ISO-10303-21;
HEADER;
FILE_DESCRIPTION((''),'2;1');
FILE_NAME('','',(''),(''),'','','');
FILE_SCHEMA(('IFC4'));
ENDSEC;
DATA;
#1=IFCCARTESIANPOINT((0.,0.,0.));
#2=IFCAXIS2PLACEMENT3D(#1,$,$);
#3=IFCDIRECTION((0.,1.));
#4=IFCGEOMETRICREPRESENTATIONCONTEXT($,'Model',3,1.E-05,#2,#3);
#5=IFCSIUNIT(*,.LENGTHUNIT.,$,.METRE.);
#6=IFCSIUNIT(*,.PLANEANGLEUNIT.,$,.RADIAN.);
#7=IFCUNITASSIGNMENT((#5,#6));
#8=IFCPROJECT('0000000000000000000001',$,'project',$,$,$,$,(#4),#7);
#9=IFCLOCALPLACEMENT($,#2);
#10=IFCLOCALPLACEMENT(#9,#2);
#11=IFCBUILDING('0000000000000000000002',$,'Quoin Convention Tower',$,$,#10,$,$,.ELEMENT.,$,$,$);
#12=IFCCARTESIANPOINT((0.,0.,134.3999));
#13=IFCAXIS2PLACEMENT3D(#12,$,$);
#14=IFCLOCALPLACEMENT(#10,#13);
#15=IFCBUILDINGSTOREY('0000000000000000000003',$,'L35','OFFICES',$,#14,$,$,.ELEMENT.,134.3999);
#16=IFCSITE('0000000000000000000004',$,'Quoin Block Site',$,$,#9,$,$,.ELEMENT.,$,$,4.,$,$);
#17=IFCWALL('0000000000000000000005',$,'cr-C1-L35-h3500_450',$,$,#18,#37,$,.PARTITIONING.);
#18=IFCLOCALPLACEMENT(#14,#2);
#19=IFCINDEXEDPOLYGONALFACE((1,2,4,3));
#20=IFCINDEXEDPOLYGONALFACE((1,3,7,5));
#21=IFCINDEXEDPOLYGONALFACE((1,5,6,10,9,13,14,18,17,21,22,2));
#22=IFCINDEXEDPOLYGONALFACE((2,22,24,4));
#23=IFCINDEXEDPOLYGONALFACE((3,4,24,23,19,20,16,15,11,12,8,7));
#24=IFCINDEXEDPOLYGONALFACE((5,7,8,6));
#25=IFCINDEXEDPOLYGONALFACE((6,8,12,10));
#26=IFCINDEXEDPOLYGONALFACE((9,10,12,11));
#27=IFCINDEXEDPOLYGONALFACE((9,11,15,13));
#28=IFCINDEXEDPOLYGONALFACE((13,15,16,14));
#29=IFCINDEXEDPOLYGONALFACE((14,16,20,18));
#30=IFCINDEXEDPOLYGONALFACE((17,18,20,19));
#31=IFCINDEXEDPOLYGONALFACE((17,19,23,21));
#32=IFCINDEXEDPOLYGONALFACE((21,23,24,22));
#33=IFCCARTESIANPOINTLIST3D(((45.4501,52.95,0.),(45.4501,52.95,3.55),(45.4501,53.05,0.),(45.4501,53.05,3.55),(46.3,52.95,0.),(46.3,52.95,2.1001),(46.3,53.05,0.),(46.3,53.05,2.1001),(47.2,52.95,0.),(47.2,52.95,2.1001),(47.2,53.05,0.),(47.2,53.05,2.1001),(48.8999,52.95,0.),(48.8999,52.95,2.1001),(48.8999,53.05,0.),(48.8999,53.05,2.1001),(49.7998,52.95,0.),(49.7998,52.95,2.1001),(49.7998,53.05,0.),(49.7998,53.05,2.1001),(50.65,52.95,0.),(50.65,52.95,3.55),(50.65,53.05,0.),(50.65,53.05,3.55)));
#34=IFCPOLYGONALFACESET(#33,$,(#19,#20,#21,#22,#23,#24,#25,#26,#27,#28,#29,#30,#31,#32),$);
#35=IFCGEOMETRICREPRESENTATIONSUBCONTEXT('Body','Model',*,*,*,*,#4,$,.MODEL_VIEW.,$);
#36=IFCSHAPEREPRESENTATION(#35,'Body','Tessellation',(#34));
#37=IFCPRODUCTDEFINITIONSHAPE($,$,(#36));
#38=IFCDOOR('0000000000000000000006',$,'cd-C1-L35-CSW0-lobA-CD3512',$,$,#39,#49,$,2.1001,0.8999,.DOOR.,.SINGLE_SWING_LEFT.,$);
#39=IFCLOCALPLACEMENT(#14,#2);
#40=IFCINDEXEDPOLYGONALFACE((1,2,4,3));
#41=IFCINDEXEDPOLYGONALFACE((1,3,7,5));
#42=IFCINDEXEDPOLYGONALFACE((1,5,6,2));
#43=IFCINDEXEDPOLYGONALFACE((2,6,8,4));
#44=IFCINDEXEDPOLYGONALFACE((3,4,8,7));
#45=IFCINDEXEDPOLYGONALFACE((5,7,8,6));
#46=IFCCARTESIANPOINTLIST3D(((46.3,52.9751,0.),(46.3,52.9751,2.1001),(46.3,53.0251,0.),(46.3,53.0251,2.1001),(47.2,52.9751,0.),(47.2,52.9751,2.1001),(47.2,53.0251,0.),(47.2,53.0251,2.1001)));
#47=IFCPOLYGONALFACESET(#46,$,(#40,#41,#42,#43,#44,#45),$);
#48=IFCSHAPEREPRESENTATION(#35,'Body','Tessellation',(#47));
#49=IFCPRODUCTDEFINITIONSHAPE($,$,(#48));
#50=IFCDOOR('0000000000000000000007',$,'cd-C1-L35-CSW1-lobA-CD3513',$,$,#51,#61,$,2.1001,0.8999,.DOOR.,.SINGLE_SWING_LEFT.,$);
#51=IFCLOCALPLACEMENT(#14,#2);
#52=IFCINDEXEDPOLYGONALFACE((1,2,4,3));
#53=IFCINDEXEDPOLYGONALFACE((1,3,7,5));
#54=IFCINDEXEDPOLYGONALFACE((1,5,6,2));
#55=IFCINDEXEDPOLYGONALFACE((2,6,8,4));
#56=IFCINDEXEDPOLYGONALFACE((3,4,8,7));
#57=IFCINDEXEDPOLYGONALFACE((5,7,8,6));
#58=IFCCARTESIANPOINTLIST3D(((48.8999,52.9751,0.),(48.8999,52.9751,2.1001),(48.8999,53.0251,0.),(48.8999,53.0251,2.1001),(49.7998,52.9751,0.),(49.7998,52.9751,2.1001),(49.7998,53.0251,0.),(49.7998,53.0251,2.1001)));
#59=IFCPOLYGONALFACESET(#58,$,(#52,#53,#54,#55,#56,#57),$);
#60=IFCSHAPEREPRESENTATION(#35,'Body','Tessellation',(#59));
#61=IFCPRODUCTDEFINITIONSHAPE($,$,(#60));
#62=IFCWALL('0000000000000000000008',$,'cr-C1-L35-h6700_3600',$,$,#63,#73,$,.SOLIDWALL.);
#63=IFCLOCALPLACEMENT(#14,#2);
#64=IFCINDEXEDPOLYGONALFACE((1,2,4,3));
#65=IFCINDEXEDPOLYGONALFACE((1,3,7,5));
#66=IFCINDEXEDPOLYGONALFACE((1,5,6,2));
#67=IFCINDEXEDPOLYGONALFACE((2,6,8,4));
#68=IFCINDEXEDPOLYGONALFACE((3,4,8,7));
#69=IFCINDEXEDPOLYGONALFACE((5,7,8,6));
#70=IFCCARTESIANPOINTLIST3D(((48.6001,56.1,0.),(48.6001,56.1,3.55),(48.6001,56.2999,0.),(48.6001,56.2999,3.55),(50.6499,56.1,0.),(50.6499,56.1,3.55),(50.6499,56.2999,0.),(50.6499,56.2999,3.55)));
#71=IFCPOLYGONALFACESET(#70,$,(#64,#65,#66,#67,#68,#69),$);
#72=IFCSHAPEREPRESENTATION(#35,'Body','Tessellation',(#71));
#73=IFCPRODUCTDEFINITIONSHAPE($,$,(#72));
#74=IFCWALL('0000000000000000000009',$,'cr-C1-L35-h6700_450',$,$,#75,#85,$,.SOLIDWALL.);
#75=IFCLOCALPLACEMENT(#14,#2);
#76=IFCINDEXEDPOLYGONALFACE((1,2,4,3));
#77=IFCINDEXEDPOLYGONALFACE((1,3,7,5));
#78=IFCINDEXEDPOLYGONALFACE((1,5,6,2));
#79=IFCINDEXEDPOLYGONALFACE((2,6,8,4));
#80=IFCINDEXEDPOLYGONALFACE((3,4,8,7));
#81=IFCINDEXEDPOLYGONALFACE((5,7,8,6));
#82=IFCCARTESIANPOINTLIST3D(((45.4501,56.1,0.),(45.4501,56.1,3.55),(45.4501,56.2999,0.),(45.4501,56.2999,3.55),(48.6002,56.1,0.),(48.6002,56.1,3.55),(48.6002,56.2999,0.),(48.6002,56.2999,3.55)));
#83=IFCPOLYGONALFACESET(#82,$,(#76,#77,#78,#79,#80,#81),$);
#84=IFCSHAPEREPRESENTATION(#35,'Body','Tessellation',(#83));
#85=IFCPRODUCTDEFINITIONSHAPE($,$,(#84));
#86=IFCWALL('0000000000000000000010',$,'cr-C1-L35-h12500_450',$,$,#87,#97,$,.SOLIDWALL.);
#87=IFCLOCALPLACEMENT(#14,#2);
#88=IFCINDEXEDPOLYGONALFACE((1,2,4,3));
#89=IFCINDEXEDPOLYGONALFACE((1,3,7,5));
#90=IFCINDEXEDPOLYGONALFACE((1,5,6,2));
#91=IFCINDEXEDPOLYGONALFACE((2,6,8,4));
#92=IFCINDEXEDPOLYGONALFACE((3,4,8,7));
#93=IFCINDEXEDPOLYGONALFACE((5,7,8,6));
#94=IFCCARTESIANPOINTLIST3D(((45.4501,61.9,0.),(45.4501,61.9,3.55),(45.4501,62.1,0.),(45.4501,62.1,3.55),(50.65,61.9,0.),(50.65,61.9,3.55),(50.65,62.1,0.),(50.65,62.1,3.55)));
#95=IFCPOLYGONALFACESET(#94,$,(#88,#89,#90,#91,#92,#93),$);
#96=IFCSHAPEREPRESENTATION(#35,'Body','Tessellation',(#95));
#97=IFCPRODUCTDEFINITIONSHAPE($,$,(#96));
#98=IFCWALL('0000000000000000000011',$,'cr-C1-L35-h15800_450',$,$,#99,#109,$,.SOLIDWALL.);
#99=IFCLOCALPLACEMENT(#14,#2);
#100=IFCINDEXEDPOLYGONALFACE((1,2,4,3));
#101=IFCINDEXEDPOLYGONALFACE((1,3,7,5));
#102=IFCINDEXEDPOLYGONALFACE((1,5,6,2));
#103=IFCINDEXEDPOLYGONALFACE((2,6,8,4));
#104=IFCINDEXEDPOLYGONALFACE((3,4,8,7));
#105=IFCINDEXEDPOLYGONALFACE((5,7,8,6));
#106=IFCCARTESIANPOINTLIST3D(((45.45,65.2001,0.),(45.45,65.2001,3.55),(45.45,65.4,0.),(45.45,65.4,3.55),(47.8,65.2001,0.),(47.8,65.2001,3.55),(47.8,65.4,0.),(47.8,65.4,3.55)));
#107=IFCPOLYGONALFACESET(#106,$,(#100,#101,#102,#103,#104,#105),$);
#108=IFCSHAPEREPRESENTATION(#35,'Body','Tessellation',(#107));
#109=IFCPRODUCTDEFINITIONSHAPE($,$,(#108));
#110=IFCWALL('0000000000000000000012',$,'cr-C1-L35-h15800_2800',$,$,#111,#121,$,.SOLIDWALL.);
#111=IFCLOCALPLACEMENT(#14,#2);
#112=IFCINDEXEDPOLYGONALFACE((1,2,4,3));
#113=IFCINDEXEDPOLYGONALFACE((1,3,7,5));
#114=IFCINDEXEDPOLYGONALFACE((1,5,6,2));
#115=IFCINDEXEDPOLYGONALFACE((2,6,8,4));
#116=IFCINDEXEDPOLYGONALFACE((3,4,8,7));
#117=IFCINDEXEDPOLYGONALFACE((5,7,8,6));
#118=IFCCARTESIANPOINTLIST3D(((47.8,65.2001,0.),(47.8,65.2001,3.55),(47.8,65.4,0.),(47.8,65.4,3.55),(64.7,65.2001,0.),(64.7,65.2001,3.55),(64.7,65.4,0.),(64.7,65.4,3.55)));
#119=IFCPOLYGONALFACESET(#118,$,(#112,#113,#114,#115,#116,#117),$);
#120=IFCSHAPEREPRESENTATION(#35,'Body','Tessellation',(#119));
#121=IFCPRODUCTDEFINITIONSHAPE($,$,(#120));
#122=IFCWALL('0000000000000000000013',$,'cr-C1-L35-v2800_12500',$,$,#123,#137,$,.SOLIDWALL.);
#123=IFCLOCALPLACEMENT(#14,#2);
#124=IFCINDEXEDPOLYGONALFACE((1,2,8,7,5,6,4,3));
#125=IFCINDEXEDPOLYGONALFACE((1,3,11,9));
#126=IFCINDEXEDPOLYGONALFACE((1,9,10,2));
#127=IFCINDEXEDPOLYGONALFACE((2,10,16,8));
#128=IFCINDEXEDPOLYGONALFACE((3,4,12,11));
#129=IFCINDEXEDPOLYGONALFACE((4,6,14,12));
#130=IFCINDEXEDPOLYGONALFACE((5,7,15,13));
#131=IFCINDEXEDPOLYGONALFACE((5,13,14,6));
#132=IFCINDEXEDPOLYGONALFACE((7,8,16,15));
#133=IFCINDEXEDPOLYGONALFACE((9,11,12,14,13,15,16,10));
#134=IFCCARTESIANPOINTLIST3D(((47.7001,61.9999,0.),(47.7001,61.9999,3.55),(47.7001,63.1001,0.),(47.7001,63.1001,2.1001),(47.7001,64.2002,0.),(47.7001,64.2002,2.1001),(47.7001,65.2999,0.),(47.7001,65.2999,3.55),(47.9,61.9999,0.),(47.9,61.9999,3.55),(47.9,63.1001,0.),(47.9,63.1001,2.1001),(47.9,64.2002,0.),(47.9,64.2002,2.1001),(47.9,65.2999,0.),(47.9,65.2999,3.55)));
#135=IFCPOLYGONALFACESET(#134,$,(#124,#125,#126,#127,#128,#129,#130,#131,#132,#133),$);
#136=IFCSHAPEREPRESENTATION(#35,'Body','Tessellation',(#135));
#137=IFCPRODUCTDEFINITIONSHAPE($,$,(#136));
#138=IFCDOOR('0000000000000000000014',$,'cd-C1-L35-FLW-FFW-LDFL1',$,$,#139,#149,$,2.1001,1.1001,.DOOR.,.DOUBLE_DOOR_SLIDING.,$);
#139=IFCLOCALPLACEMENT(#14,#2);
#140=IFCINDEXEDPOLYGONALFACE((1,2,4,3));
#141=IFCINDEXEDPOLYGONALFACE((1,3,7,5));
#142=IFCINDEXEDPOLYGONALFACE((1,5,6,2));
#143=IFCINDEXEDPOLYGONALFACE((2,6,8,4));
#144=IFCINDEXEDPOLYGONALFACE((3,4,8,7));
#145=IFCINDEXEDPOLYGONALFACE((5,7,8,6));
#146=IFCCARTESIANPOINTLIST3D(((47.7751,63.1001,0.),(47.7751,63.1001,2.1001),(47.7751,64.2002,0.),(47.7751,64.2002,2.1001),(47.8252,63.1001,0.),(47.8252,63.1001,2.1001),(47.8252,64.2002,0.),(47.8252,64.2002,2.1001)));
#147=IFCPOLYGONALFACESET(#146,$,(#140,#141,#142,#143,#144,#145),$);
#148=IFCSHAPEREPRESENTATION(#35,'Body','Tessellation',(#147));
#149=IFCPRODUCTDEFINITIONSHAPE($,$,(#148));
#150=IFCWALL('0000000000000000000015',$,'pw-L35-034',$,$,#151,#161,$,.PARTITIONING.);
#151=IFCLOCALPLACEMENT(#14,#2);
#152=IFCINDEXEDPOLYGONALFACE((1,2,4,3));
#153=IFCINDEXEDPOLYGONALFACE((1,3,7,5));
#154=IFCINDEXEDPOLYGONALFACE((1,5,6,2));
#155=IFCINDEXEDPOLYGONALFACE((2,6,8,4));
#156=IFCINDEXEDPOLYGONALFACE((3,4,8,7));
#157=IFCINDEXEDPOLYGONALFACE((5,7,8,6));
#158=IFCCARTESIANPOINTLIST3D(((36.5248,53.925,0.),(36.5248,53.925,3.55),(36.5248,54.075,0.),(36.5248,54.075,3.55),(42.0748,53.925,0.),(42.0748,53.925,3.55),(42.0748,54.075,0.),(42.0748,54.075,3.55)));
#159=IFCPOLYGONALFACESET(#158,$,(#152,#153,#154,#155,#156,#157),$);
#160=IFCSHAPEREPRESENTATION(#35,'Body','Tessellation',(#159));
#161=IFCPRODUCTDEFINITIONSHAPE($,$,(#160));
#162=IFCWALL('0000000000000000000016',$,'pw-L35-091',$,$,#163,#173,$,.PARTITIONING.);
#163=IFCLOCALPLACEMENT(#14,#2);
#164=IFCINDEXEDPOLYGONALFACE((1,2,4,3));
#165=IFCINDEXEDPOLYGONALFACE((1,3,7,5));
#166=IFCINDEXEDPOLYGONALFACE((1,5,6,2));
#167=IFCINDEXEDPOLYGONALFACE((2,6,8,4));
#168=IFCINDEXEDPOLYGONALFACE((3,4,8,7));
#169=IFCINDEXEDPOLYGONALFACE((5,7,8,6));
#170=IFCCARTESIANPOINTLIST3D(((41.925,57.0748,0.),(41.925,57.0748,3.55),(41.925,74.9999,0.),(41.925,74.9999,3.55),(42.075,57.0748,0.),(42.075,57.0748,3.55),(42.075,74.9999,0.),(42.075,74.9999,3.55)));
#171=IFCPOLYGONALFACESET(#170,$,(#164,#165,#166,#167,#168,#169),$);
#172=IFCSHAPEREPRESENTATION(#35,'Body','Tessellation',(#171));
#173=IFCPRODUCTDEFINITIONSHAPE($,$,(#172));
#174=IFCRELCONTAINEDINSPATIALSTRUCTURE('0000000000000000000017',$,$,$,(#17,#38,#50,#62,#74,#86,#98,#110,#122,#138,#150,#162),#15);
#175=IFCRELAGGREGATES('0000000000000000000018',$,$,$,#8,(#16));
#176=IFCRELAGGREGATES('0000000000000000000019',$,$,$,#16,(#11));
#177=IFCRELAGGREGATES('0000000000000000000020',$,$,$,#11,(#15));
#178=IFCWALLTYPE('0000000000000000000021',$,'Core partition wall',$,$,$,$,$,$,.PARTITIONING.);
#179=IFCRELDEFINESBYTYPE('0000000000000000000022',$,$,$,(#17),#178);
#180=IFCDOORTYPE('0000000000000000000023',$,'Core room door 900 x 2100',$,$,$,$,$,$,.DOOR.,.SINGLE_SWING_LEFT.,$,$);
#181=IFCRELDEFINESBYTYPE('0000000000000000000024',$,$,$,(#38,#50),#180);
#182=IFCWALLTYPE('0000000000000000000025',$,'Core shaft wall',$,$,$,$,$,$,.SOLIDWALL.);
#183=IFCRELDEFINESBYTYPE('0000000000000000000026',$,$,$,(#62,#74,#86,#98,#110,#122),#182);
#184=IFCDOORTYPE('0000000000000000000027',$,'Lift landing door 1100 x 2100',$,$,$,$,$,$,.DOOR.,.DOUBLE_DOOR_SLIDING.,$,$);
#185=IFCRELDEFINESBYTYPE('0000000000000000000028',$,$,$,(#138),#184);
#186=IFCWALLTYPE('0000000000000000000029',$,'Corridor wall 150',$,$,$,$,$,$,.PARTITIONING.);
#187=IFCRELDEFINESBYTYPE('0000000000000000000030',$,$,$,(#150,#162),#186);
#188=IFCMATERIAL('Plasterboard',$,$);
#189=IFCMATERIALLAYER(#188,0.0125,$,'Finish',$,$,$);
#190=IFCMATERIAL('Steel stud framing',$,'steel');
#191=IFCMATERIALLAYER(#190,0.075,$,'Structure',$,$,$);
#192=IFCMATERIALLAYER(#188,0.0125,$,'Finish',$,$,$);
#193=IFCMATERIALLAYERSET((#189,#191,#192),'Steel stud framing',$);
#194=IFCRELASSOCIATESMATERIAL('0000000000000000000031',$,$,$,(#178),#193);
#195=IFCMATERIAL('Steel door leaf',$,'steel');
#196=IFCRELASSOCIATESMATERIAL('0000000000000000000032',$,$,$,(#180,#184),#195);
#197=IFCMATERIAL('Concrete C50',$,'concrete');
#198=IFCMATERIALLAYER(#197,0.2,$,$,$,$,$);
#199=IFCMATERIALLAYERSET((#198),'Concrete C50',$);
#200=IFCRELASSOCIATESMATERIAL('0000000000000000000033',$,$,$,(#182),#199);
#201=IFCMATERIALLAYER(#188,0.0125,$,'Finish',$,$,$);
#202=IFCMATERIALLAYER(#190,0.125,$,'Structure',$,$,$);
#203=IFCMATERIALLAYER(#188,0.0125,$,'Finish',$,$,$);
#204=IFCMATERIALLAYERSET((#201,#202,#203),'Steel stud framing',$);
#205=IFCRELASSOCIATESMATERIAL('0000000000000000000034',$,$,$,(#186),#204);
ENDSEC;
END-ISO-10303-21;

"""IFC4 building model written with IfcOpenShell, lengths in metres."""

from ifc_helpers import new_model, si_unit, direction, frame, frame_2d, origin, place, context, subcontext, project, spatial, rectangle, extrude, material, layer, layer_set, type_object, element, fill, save


model = new_model("IFC4")

# Units and contexts
model_context = context("Model", 3, precision=1e-05, world=origin(), true_north=direction((0.0, 1.0)))
body_context = subcontext(model_context, "Body", "Model", "MODEL_VIEW")
ifc_project = project(units=[si_unit("LENGTHUNIT", "METRE"), si_unit("PLANEANGLEUNIT", "RADIAN")], contexts=[model_context])

# Site, building, storey
site_placement = place(None, origin())
site = spatial("IfcSite", under=ifc_project, at=site_placement, Name="Quoin Block Site", CompositionType="ELEMENT", RefElevation=4.0)
building_placement = place(site_placement, origin())
building = spatial("IfcBuilding", under=site, at=building_placement, Name="Quoin Convention Tower", CompositionType="ELEMENT")
storey_placement = place(building_placement, frame((0.0, 0.0, 134.3999)))
storey = spatial("IfcBuildingStorey", under=building, at=storey_placement, Name="L35", Description="OFFICES", CompositionType="ELEMENT", Elevation=134.3999)

# Shared definitions
ifc_material_1 = material(Name="Plasterboard")
ifc_material_2 = material(Name="Steel stud framing", Category="steel")

# Wall, openings, doors
ifc_layer_1 = layer(ifc_material_1, 0.0125, Name="Finish")
ifc_layer_2 = layer(ifc_material_2, 0.075, Name="Structure")
ifc_layer_3 = layer(ifc_material_1, 0.0125, Name="Finish")
ifc_layer_set_1 = layer_set([ifc_layer_1, ifc_layer_2, ifc_layer_3], Name="Steel stud framing")
wall_type_1 = type_object("IfcWallType", Name="Core partition wall", PredefinedType="PARTITIONING", material=ifc_layer_set_1)
wall_1_placement = place(storey_placement, frame((45.45, 53.0, 0.0), z_axis=(0.0, 0.0, 1.0), x_axis=(1.0, 0.0, 0.0)))
wall_1 = element("IfcWall", 1, at=wall_1_placement, inside=storey, type_object=wall_type_1, Name="cr-C1-L35-h3500_450", PredefinedType="PARTITIONING", context=body_context, shape_type="SweptSolid", body=[
    extrude(rectangle(XDim=5.2, YDim=0.1001, at=frame_2d((2.6001, 0.0))), origin(), (0.0, 0.0, 1.0), 3.55),
])
opening_1_placement = place(wall_1_placement, frame((0.8501, 0.0, 0.0)))
opening_1 = element("IfcOpeningElement", 2, at=opening_1_placement, cuts=wall_1, PredefinedType="OPENING", context=body_context, shape_type="SweptSolid", body=[
    extrude(rectangle(XDim=0.8999, YDim=2.1001, at=frame_2d((0.45, 1.05))), frame((0.0, 0.0601, 0.0), z_axis=(0.0, -1.0, 0.0), x_axis=(1.0, 0.0, 0.0)), (0.0, 0.0, 1.0), 0.1201),
])
opening_2_placement = place(wall_1_placement, frame((3.45, 0.0, 0.0)))
opening_2 = element("IfcOpeningElement", 3, at=opening_2_placement, cuts=wall_1, PredefinedType="OPENING", context=body_context, shape_type="SweptSolid", body=[
    extrude(rectangle(XDim=0.8999, YDim=2.1001, at=frame_2d((0.45, 1.05))), frame((0.0, 0.0601, 0.0), z_axis=(0.0, -1.0, 0.0), x_axis=(1.0, 0.0, 0.0)), (0.0, 0.0, 1.0), 0.1201),
])
ifc_material_3 = material(Name="Steel door leaf", Category="steel")
door_type_1 = type_object("IfcDoorType", Name="Core room door 900 x 2100", OperationType="SINGLE_SWING_LEFT", PredefinedType="DOOR", material=ifc_material_3)
door_1_placement = place(opening_1_placement, frame((0.8999, 0.0, 0.0), z_axis=(0.0, 0.0, 1.0), x_axis=(-1.0, 0.0, 0.0)))
door_1 = element("IfcDoor", 4, at=door_1_placement, inside=storey, type_object=door_type_1, Name="cd-C1-L35-CSW0-lobA-CD3512", OperationType="SINGLE_SWING_LEFT", OverallHeight=2.1001, OverallWidth=0.8999, PredefinedType="DOOR", context=body_context, shape_type="SweptSolid", body=[
    extrude(rectangle(XDim=0.8999, YDim=2.1001, at=frame_2d((0.45, 1.05))), frame((0.0, 0.0249, 0.0), z_axis=(0.0, -1.0, 0.0), x_axis=(1.0, 0.0, 0.0)), (0.0, 0.0, 1.0), 0.05),
])
fill(opening_1, door_1)
door_2_placement = place(opening_2_placement, frame((0.8999, 0.0, 0.0), z_axis=(0.0, 0.0, 1.0), x_axis=(-1.0, 0.0, 0.0)))
door_2 = element("IfcDoor", 5, at=door_2_placement, inside=storey, type_object=door_type_1, Name="cd-C1-L35-CSW1-lobA-CD3513", OperationType="SINGLE_SWING_LEFT", OverallHeight=2.1001, OverallWidth=0.8999, PredefinedType="DOOR", context=body_context, shape_type="SweptSolid", body=[
    extrude(rectangle(XDim=0.8999, YDim=2.1001, at=frame_2d((0.45, 1.05))), frame((0.0, 0.0249, 0.0), z_axis=(0.0, -1.0, 0.0), x_axis=(1.0, 0.0, 0.0)), (0.0, 0.0, 1.0), 0.05),
])
fill(opening_2, door_2)

# Walls
ifc_material_4 = material(Name="Concrete C50", Category="concrete")
ifc_layer_4 = layer(ifc_material_4, 0.2)
ifc_layer_set_2 = layer_set([ifc_layer_4], Name="Concrete C50")
wall_type_2 = type_object("IfcWallType", Name="Core shaft wall", PredefinedType="SOLIDWALL", material=ifc_layer_set_2)
wall_2_placement = place(storey_placement, frame((48.6001, 56.2, 0.0), z_axis=(0.0, 0.0, 1.0), x_axis=(1.0, 0.0, 0.0)))
element("IfcWall", 6, at=wall_2_placement, inside=storey, type_object=wall_type_2, Name="cr-C1-L35-h6700_3600", PredefinedType="SOLIDWALL", context=body_context, shape_type="SweptSolid", body=[
    extrude(rectangle(XDim=2.0498, YDim=0.2, at=frame_2d((1.0249, 0.0))), origin(), (0.0, 0.0, 1.0), 3.55),
])
wall_3_placement = place(storey_placement, frame((45.45, 56.2, 0.0), z_axis=(0.0, 0.0, 1.0), x_axis=(1.0, 0.0, 0.0)))
element("IfcWall", 7, at=wall_3_placement, inside=storey, type_object=wall_type_2, Name="cr-C1-L35-h6700_450", PredefinedType="SOLIDWALL", context=body_context, shape_type="SweptSolid", body=[
    extrude(rectangle(XDim=3.1501, YDim=0.2, at=frame_2d((1.5752, 0.0))), origin(), (0.0, 0.0, 1.0), 3.55),
])
wall_4_placement = place(storey_placement, frame((45.45, 62.0, 0.0), z_axis=(0.0, 0.0, 1.0), x_axis=(1.0, 0.0, 0.0)))
element("IfcWall", 8, at=wall_4_placement, inside=storey, type_object=wall_type_2, Name="cr-C1-L35-h12500_450", PredefinedType="SOLIDWALL", context=body_context, shape_type="SweptSolid", body=[
    extrude(rectangle(XDim=5.2, YDim=0.2, at=frame_2d((2.6001, 0.0))), origin(), (0.0, 0.0, 1.0), 3.55),
])
wall_5_placement = place(storey_placement, frame((45.45, 65.3, 0.0), z_axis=(0.0, 0.0, 1.0), x_axis=(1.0, 0.0, 0.0)))
element("IfcWall", 9, at=wall_5_placement, inside=storey, type_object=wall_type_2, Name="cr-C1-L35-h15800_450", PredefinedType="SOLIDWALL", context=body_context, shape_type="SweptSolid", body=[
    extrude(rectangle(XDim=2.3501, YDim=0.2, at=frame_2d((1.175, 0.0))), origin(), (0.0, 0.0, 1.0), 3.55),
])
wall_6_placement = place(storey_placement, frame((47.8, 65.3, 0.0), z_axis=(0.0, 0.0, 1.0), x_axis=(1.0, 0.0, 0.0)))
element("IfcWall", 10, at=wall_6_placement, inside=storey, type_object=wall_type_2, Name="cr-C1-L35-h15800_2800", PredefinedType="SOLIDWALL", context=body_context, shape_type="SweptSolid", body=[
    extrude(rectangle(XDim=16.8999, YDim=0.2, at=frame_2d((8.45, 0.0))), origin(), (0.0, 0.0, 1.0), 3.55),
])

# Wall, opening, door
wall_7_placement = place(storey_placement, frame((47.8, 62.0, 0.0), z_axis=(0.0, 0.0, 1.0), x_axis=(0.0, 1.0, 0.0)))
wall_7 = element("IfcWall", 11, at=wall_7_placement, inside=storey, type_object=wall_type_2, Name="cr-C1-L35-v2800_12500", PredefinedType="SOLIDWALL", context=body_context, shape_type="SweptSolid", body=[
    extrude(rectangle(XDim=3.3, YDim=0.2, at=frame_2d((1.6499, 0.0))), origin(), (0.0, 0.0, 1.0), 3.55),
])
opening_3_placement = place(wall_7_placement, frame((1.1001, 0.0, 0.0)))
opening_3 = element("IfcOpeningElement", 12, at=opening_3_placement, cuts=wall_7, PredefinedType="OPENING", context=body_context, shape_type="SweptSolid", body=[
    extrude(rectangle(XDim=1.1001, YDim=2.1001, at=frame_2d((0.55, 1.05))), frame((0.0, 0.1099, 0.0), z_axis=(0.0, -1.0, 0.0), x_axis=(1.0, 0.0, 0.0)), (0.0, 0.0, 1.0), 0.22),
])
door_type_2 = type_object("IfcDoorType", Name="Lift landing door 1100 x 2100", OperationType="DOUBLE_DOOR_SLIDING", PredefinedType="DOOR", material=ifc_material_3)
door_3_placement = place(opening_3_placement, origin())
door_3 = element("IfcDoor", 13, at=door_3_placement, inside=storey, type_object=door_type_2, Name="cd-C1-L35-FLW-FFW-LDFL1", OperationType="DOUBLE_DOOR_SLIDING", OverallHeight=2.1001, OverallWidth=1.1001, PredefinedType="DOOR", context=body_context, shape_type="SweptSolid", body=[
    extrude(rectangle(XDim=1.1001, YDim=2.1001, at=frame_2d((0.55, 1.05))), frame((0.0, 0.0249, 0.0), z_axis=(0.0, -1.0, 0.0), x_axis=(1.0, 0.0, 0.0)), (0.0, 0.0, 1.0), 0.05),
])
fill(opening_3, door_3)

# Walls
ifc_layer_5 = layer(ifc_material_1, 0.0125, Name="Finish")
ifc_layer_6 = layer(ifc_material_2, 0.125, Name="Structure")
ifc_layer_7 = layer(ifc_material_1, 0.0125, Name="Finish")
ifc_layer_set_3 = layer_set([ifc_layer_5, ifc_layer_6, ifc_layer_7], Name="Steel stud framing")
wall_type_3 = type_object("IfcWallType", Name="Corridor wall 150", PredefinedType="PARTITIONING", material=ifc_layer_set_3)
wall_8_placement = place(storey_placement, frame((36.5249, 54.0, 0.0), z_axis=(0.0, 0.0, 1.0), x_axis=(1.0, 0.0, 0.0)))
element("IfcWall", 14, at=wall_8_placement, inside=storey, type_object=wall_type_3, Name="pw-L35-034", PredefinedType="PARTITIONING", context=body_context, shape_type="SweptSolid", body=[
    extrude(rectangle(XDim=5.55, YDim=0.1499, at=frame_2d((2.7749, 0.0))), origin(), (0.0, 0.0, 1.0), 3.55),
])
wall_9_placement = place(storey_placement, frame((42.0, 57.075, 0.0), z_axis=(0.0, 0.0, 1.0), x_axis=(0.0, 1.0, 0.0)))
element("IfcWall", 15, at=wall_9_placement, inside=storey, type_object=wall_type_3, Name="pw-L35-091", PredefinedType="PARTITIONING", context=body_context, shape_type="SweptSolid", body=[
    extrude(rectangle(XDim=17.925, YDim=0.1499, at=frame_2d((8.9624, 0.0))), origin(), (0.0, 0.0, 1.0), 3.55),
])

save(model, "model.ifc")
